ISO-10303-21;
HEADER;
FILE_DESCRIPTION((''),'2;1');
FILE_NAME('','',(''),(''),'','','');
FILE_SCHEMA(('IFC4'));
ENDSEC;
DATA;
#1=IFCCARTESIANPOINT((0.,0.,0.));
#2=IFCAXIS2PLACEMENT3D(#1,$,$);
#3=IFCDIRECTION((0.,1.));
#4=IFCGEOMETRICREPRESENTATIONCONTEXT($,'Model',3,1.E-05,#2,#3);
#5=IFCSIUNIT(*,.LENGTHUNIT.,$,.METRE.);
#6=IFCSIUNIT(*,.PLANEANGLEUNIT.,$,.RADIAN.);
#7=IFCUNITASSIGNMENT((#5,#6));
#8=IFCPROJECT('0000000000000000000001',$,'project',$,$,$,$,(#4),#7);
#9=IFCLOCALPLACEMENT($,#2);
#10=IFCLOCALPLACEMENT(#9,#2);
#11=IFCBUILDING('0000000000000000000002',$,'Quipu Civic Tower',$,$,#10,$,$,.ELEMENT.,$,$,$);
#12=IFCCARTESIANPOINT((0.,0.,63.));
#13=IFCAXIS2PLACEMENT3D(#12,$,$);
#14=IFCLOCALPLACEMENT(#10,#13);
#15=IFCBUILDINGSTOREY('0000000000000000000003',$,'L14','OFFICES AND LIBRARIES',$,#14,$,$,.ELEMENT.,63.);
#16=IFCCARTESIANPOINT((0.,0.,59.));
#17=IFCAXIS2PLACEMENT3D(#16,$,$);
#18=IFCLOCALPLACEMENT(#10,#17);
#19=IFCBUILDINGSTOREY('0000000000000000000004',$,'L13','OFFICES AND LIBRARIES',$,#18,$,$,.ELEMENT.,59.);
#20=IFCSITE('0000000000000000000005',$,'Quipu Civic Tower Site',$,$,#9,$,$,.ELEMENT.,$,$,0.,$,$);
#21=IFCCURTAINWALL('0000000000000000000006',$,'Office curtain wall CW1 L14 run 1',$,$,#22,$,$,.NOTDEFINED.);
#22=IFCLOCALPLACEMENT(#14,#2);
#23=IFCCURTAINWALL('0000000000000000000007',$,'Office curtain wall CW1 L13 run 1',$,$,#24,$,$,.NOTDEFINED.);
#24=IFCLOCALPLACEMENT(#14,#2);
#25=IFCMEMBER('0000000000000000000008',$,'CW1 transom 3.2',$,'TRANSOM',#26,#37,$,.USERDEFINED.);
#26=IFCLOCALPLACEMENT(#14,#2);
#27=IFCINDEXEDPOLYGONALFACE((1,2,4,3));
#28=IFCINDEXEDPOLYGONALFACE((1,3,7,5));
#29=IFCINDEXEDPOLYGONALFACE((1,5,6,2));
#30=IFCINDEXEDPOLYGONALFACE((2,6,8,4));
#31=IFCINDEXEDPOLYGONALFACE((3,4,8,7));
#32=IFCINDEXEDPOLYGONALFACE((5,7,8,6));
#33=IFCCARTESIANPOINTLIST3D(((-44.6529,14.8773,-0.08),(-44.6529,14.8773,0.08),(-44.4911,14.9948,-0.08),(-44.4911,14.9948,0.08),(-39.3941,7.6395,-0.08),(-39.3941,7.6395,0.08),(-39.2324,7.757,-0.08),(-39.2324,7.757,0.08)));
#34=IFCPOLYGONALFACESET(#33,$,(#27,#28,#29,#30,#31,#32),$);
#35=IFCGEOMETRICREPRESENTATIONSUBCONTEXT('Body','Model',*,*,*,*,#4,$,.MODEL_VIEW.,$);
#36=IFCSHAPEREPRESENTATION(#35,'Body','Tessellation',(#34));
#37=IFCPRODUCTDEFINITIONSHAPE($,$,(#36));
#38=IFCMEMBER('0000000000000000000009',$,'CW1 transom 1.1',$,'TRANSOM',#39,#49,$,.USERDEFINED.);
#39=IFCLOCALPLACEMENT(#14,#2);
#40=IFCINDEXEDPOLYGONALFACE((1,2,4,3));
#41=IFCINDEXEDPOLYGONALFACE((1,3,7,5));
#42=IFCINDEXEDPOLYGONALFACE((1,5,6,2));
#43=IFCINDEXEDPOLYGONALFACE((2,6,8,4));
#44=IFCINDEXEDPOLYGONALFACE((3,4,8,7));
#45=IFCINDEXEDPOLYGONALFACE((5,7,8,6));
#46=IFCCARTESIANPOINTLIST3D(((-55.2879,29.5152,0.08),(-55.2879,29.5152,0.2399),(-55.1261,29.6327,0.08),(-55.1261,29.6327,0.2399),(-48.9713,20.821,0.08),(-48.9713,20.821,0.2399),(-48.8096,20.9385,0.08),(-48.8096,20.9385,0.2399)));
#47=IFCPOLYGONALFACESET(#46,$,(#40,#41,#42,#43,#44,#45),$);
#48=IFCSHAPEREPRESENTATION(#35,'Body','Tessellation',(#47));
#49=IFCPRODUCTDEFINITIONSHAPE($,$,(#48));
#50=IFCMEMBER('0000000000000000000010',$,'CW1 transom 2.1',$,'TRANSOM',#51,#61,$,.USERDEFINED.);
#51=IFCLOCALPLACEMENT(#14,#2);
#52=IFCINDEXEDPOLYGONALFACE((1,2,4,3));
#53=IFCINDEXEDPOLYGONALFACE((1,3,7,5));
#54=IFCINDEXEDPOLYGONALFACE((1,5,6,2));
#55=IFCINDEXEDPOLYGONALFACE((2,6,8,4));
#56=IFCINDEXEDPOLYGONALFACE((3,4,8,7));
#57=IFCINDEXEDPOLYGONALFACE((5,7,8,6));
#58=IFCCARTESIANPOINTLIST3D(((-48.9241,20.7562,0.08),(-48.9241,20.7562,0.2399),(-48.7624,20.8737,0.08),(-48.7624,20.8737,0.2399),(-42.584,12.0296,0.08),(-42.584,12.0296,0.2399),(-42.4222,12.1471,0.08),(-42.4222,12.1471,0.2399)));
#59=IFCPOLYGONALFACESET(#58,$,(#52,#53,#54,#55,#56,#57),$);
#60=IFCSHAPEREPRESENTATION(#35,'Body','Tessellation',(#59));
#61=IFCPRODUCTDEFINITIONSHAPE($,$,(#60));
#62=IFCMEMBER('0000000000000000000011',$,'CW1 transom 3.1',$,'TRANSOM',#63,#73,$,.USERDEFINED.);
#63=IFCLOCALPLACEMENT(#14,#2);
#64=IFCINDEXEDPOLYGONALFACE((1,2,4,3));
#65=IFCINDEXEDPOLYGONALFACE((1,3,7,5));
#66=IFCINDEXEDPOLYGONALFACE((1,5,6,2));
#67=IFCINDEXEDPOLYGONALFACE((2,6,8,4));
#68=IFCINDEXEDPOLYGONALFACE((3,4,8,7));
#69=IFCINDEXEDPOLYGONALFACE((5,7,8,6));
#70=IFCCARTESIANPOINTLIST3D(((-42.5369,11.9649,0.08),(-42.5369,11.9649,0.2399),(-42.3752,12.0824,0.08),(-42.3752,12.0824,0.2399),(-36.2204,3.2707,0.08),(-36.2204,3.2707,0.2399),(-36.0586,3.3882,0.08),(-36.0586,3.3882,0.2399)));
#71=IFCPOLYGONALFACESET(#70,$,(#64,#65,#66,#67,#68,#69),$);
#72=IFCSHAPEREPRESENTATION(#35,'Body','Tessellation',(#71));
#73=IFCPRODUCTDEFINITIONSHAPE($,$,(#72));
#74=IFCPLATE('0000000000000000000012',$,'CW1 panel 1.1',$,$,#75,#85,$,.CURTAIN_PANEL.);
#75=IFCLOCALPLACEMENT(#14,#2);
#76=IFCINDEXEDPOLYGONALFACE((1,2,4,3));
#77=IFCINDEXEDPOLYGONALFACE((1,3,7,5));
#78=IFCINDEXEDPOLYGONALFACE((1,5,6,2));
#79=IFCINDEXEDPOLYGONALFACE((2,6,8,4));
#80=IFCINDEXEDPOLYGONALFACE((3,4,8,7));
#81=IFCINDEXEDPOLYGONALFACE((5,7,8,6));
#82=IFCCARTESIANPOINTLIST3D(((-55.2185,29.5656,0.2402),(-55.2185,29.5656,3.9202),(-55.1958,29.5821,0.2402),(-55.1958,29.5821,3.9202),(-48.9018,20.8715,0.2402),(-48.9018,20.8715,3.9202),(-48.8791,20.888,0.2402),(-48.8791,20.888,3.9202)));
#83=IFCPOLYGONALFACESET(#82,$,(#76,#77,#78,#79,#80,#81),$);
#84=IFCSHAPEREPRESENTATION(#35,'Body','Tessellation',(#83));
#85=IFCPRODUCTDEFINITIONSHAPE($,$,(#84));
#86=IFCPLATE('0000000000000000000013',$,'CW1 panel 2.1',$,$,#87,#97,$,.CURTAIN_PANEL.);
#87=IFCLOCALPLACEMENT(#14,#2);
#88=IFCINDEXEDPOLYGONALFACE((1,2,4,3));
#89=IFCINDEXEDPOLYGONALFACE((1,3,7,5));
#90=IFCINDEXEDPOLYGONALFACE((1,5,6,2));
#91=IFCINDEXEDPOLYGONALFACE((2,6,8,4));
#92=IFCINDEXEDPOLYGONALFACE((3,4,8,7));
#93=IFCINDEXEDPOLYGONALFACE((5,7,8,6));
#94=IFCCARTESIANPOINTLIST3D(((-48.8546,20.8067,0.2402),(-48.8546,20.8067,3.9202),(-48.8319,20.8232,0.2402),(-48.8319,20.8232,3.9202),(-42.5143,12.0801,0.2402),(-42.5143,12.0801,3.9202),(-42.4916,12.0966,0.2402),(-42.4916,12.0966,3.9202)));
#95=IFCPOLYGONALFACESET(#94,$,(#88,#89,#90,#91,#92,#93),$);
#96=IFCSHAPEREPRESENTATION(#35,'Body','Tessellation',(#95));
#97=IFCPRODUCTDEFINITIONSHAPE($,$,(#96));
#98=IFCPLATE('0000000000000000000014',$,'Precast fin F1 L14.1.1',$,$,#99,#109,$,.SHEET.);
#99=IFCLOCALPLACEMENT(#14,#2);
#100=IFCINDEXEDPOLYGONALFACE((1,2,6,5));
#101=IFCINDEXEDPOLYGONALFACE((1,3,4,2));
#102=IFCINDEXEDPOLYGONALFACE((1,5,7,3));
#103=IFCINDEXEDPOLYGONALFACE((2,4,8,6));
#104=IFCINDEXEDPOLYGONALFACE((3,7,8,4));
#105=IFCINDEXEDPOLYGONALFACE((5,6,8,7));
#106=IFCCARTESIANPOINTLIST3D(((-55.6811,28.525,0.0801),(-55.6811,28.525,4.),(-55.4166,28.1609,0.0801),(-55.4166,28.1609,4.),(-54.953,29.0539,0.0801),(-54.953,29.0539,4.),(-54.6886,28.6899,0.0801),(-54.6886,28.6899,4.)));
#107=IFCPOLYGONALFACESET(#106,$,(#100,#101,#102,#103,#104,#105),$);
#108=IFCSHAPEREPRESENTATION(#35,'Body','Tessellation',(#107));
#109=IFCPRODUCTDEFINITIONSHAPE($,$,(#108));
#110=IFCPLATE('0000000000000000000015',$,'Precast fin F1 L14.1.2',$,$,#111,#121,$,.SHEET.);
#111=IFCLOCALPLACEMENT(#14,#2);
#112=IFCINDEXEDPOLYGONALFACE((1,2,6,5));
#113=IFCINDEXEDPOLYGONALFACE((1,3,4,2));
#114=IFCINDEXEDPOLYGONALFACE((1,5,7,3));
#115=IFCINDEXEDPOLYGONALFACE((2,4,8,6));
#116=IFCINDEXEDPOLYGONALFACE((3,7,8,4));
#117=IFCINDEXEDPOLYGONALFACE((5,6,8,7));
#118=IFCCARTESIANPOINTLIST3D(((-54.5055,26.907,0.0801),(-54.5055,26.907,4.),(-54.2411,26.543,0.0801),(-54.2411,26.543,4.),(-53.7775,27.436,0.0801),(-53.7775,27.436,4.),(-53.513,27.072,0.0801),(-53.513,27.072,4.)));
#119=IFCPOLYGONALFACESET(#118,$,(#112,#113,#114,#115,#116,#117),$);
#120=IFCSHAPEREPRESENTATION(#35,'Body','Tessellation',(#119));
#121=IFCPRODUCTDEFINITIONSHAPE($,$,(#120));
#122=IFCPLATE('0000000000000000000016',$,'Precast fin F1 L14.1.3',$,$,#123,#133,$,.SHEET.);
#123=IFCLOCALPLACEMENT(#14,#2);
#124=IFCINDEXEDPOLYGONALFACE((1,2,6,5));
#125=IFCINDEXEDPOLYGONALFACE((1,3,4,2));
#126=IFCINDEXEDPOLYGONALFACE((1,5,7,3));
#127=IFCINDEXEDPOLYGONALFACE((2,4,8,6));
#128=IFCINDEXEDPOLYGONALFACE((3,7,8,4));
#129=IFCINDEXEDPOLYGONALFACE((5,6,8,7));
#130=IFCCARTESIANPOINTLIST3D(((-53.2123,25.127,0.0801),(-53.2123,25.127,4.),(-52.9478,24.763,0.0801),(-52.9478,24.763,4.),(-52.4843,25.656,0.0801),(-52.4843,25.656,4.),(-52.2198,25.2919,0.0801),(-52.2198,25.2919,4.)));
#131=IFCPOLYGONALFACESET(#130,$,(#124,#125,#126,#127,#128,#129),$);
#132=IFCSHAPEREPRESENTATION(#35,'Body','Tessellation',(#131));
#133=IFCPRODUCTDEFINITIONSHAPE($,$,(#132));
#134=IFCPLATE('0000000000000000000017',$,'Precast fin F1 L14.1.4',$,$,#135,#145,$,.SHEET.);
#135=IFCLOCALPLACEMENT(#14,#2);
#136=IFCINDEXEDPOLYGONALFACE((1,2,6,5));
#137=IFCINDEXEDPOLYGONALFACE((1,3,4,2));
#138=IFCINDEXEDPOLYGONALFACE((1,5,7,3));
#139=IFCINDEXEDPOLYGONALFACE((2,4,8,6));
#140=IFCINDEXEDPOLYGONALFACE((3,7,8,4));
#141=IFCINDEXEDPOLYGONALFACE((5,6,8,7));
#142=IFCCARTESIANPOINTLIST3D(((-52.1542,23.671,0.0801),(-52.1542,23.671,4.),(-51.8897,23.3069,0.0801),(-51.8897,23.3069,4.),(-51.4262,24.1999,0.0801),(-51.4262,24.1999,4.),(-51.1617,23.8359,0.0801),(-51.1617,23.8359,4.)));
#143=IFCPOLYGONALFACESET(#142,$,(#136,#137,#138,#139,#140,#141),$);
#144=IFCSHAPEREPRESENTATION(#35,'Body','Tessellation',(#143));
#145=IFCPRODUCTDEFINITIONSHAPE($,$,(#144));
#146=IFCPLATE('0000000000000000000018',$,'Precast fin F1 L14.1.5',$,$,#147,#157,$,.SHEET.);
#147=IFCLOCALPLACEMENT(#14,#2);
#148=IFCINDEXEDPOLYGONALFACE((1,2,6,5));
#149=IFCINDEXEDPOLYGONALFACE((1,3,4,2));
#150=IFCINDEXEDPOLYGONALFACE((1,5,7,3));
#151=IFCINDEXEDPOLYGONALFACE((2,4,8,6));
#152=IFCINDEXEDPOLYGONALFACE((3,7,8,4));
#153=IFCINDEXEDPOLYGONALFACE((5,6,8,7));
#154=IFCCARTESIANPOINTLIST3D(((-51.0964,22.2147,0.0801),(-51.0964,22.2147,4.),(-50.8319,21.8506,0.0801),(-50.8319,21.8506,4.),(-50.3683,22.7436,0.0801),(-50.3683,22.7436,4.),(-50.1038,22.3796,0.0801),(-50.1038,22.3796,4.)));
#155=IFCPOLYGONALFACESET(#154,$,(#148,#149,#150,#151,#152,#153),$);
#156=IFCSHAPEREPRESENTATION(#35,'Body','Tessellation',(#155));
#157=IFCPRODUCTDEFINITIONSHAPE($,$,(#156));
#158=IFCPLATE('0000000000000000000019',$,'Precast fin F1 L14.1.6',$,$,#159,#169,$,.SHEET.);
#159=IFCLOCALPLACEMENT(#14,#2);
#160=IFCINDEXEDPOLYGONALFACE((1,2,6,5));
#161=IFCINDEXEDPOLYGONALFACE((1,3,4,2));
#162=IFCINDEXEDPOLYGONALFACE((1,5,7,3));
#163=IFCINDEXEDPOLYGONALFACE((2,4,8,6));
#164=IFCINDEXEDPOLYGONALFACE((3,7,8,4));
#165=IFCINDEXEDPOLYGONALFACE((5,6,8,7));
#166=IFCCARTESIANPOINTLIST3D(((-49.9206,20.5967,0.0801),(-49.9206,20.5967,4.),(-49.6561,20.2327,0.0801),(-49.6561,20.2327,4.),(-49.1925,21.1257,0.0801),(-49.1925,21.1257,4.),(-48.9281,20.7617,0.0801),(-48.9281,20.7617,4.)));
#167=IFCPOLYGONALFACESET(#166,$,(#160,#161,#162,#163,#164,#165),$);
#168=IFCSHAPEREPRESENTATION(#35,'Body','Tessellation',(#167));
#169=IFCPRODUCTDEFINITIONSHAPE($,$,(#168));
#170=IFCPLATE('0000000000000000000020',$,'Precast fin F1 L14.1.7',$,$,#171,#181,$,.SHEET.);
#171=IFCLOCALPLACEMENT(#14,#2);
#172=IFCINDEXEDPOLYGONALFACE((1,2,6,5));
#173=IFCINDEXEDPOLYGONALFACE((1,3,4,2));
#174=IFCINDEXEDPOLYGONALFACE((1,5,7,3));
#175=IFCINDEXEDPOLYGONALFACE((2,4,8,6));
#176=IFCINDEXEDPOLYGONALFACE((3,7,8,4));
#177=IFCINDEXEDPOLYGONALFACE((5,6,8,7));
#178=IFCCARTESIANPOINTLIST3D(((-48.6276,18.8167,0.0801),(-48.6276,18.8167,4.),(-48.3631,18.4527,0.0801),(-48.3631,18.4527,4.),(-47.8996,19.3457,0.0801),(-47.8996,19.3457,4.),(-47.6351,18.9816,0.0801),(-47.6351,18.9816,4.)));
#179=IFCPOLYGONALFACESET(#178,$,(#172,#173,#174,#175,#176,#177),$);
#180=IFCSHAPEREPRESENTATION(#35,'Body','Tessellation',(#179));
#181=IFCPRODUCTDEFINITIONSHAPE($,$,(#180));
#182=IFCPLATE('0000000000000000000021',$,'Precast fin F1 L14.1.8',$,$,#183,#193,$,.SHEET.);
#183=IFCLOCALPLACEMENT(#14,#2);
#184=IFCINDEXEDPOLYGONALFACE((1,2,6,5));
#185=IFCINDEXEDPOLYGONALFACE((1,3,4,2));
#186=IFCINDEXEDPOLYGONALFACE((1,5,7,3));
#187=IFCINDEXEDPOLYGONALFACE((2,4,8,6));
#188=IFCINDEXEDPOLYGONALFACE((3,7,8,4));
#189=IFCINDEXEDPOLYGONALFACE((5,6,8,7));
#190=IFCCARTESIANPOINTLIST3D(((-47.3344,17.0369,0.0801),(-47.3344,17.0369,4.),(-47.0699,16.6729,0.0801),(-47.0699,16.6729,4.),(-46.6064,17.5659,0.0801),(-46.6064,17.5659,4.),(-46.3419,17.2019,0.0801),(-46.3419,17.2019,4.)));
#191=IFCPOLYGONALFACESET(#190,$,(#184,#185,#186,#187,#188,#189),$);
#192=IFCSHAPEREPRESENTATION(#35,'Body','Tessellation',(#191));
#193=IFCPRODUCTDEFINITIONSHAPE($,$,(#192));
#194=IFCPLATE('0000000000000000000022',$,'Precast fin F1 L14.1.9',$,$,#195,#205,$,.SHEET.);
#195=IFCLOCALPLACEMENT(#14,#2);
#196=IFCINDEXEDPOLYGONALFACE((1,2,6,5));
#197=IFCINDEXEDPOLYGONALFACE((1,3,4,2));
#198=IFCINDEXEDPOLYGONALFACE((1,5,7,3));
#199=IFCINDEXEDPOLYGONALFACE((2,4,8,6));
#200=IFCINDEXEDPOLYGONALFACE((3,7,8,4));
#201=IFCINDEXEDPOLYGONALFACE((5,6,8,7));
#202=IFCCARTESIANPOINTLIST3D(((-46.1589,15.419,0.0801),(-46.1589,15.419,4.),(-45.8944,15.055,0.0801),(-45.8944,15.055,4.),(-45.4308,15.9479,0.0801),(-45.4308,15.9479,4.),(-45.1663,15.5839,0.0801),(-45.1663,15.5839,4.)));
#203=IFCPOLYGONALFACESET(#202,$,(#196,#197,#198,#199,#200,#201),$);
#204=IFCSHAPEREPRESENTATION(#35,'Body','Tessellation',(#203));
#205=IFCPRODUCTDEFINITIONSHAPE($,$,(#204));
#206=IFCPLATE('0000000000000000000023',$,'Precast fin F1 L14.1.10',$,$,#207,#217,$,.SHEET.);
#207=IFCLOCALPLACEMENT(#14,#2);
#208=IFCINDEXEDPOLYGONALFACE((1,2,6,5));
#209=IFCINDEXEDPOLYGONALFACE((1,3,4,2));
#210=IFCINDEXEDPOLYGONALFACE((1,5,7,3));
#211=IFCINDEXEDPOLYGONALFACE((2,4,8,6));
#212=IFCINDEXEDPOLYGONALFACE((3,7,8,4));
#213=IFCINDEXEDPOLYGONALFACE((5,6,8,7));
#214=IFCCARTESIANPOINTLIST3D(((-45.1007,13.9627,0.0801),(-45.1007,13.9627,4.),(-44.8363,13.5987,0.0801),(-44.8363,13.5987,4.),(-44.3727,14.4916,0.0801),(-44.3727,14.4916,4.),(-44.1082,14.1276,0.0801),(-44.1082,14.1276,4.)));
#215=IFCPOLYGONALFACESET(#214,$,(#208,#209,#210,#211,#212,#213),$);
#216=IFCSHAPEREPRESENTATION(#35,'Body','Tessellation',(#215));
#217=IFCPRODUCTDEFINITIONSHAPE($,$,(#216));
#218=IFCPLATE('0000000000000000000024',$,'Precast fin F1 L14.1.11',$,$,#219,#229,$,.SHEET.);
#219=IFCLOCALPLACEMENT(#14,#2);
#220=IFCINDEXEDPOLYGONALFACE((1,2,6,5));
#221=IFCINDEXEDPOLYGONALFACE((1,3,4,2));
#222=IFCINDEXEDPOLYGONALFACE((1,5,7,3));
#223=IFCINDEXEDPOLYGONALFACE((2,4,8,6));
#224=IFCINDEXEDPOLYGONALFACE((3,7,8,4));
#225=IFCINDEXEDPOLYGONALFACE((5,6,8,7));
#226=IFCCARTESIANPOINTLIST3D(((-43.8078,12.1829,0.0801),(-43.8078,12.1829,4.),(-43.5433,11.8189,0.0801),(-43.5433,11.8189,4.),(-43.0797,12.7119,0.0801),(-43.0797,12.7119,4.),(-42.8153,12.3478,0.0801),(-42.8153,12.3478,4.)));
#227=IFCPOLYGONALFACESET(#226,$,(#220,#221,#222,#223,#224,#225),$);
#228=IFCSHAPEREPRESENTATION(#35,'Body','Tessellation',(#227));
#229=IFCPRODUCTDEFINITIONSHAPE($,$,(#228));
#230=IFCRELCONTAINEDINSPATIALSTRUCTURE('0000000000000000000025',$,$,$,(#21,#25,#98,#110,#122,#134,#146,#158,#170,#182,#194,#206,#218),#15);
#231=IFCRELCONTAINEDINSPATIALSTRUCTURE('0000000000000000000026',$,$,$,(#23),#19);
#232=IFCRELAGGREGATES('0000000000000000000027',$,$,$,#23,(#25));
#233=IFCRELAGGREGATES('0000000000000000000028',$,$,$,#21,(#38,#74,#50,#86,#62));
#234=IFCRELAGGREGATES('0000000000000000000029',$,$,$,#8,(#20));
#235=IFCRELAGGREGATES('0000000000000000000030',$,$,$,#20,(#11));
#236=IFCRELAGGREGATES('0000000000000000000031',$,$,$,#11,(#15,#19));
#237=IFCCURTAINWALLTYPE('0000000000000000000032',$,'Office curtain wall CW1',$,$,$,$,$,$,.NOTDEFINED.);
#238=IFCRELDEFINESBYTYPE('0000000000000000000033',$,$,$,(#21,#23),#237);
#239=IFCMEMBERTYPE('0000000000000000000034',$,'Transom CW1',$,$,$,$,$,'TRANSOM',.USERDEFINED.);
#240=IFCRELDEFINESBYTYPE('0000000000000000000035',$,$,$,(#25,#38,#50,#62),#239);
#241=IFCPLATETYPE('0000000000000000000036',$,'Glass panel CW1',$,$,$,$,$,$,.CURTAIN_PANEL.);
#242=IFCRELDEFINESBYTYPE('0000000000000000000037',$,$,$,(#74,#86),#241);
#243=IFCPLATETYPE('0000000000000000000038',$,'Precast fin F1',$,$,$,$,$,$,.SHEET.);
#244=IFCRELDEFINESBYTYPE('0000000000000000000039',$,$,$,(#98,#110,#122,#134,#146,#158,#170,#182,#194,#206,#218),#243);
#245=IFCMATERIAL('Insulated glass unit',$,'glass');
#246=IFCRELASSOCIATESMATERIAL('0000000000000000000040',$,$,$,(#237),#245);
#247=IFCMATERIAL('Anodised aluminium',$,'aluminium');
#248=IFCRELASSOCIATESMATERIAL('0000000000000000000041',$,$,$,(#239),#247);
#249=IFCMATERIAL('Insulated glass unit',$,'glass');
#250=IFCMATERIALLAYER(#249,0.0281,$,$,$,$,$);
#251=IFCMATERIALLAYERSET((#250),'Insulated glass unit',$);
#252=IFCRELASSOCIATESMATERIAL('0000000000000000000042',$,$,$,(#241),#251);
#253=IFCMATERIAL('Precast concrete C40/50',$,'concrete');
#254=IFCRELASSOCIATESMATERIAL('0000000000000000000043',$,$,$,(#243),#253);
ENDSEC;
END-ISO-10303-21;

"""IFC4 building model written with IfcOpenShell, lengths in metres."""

from ifc_helpers import new_model, si_unit, direction, frame, origin, origin_2d, place, context, subcontext, project, spatial, rectangle, extrude, material, layer, layer_set, material_profile, profile_set, type_object, element, aggregate, save


model = new_model("IFC4")

# Units and contexts
model_context = context("Model", 3, precision=1e-05, world=origin(), true_north=direction((0.0, 1.0)))
body_context = subcontext(model_context, "Body", "Model", "MODEL_VIEW")
ifc_project = project(units=[si_unit("LENGTHUNIT", "METRE"), si_unit("PLANEANGLEUNIT", "RADIAN")], contexts=[model_context])

# Site, building, storey
site_placement = place(None, origin())
site = spatial("IfcSite", under=ifc_project, at=site_placement, Name="Quipu Civic Tower Site", CompositionType="ELEMENT", RefElevation=0.0)
building_placement = place(site_placement, origin())
building = spatial("IfcBuilding", under=site, at=building_placement, Name="Quipu Civic Tower", CompositionType="ELEMENT")
storey_1_placement = place(building_placement, frame((0.0, 0.0, 63.0)))
storey_1 = spatial("IfcBuildingStorey", under=building, at=storey_1_placement, Name="L14", Description="OFFICES AND LIBRARIES", CompositionType="ELEMENT", Elevation=63.0)

# Curtain wall
ifc_material_1 = material(Name="Insulated glass unit", Category="glass")
curtain_wall_type = type_object("IfcCurtainWallType", Name="Office curtain wall CW1", PredefinedType="NOTDEFINED", material=ifc_material_1)
curtain_wall_1_placement = place(storey_1_placement, origin())
curtain_wall_1 = element("IfcCurtainWall", 1, at=curtain_wall_1_placement, inside=storey_1, type_object=curtain_wall_type, Name="Office curtain wall CW1 L14 run 1", PredefinedType="NOTDEFINED")

# Shared definitions
storey_2_placement = place(building_placement, frame((0.0, 0.0, 59.0)))
storey_2 = spatial("IfcBuildingStorey", under=building, at=storey_2_placement, Name="L13", Description="OFFICES AND LIBRARIES", CompositionType="ELEMENT", Elevation=59.0)

# Curtain wall, member
curtain_wall_2_placement = place(storey_2_placement, origin())
curtain_wall_2 = element("IfcCurtainWall", 2, at=curtain_wall_2_placement, inside=storey_2, type_object=curtain_wall_type, Name="Office curtain wall CW1 L13 run 1", PredefinedType="NOTDEFINED")
ifc_material_2 = material(Name="Anodised aluminium", Category="aluminium")
ifc_material_profile_1 = material_profile(ifc_material_2, rectangle(XDim=0.2, YDim=0.1599, at=origin_2d()), Name="RECT 200x160")
ifc_profile_set_1 = profile_set([ifc_material_profile_1], Name="Anodised aluminium")
member_type_1 = type_object("IfcMemberType", Name="Transom CW1", ElementType="TRANSOM", PredefinedType="USERDEFINED", material=ifc_profile_set_1)
member_1_placement = place(storey_1_placement, frame((-44.572, 14.936, 0.0), z_axis=(0.587802, -0.809005, 0.0), x_axis=(0.809005, 0.587802, 0.0)))
member_1 = element("IfcMember", 3, at=member_1_placement, inside=storey_1, type_object=member_type_1, Name="CW1 transom 3.2", ObjectType="TRANSOM", PredefinedType="USERDEFINED", context=body_context, shape_type="SweptSolid", body=[
    extrude(rectangle(XDim=0.2, YDim=0.1599, at=origin_2d()), origin(), (0.0, 0.0, 1.0), 8.9465),
])
aggregate(curtain_wall_2, [member_1])

# Members
member_2_placement = place(storey_1_placement, frame((-55.207, 29.574, 0.1599), z_axis=(0.587776, -0.809024, 0.0), x_axis=(0.809024, 0.587776, 0.0)))
member_2 = element("IfcMember", 4, at=member_2_placement, type_object=member_type_1, Name="CW1 transom 1.1", ObjectType="TRANSOM", PredefinedType="USERDEFINED", context=body_context, shape_type="SweptSolid", body=[
    extrude(rectangle(XDim=0.2, YDim=0.1599, at=origin_2d()), origin(), (0.0, 0.0, 1.0), 10.7466),
])
member_3_placement = place(storey_1_placement, frame((-48.8433, 20.8149, 0.1599), z_axis=(0.587777, -0.809023, 0.0), x_axis=(0.809023, 0.587777, 0.0)))
member_3 = element("IfcMember", 5, at=member_3_placement, type_object=member_type_1, Name="CW1 transom 2.1", ObjectType="TRANSOM", PredefinedType="USERDEFINED", context=body_context, shape_type="SweptSolid", body=[
    extrude(rectangle(XDim=0.2, YDim=0.1599, at=origin_2d()), origin(), (0.0, 0.0, 1.0), 10.7866),
])
member_4_placement = place(storey_1_placement, frame((-42.4561, 12.0237, 0.1599), z_axis=(0.587776, -0.809024, 0.0), x_axis=(0.809024, 0.587776, 0.0)))
member_4 = element("IfcMember", 6, at=member_4_placement, type_object=member_type_1, Name="CW1 transom 3.1", ObjectType="TRANSOM", PredefinedType="USERDEFINED", context=body_context, shape_type="SweptSolid", body=[
    extrude(rectangle(XDim=0.2, YDim=0.1599, at=origin_2d()), origin(), (0.0, 0.0, 1.0), 10.7466),
])

# Plates
ifc_material_3 = material(Name="Insulated glass unit", Category="glass")
ifc_layer = layer(ifc_material_3, 0.0281)
ifc_layer_set = layer_set([ifc_layer], Name="Insulated glass unit")
plate_type_1 = type_object("IfcPlateType", Name="Glass panel CW1", PredefinedType="CURTAIN_PANEL", material=ifc_layer_set)
plate_1_placement = place(storey_1_placement, frame((-52.0488, 25.2268, 0.2402), z_axis=(0.0, 0.0, 1.0), x_axis=(0.587786, -0.809016, 0.0)))
plate_1 = element("IfcPlate", 7, at=plate_1_placement, type_object=plate_type_1, Name="CW1 panel 1.1", PredefinedType="CURTAIN_PANEL", context=body_context, shape_type="SweptSolid", body=[
    extrude(rectangle(XDim=10.7466, YDim=0.0281, at=origin_2d()), origin(), (0.0, 0.0, 1.0), 3.6799),
])
plate_2_placement = place(storey_1_placement, frame((-45.6731, 16.4517, 0.2402), z_axis=(0.0, 0.0, 1.0), x_axis=(0.587786, -0.809016, 0.0)))
plate_2 = element("IfcPlate", 8, at=plate_2_placement, type_object=plate_type_1, Name="CW1 panel 2.1", PredefinedType="CURTAIN_PANEL", context=body_context, shape_type="SweptSolid", body=[
    extrude(rectangle(XDim=10.7866, YDim=0.0281, at=origin_2d()), origin(), (0.0, 0.0, 1.0), 3.6799),
])
aggregate(curtain_wall_1, [member_2, plate_1, member_3, plate_2, member_4])

# Plates
ifc_material_4 = material(Name="Precast concrete C40/50", Category="concrete")
plate_type_2 = type_object("IfcPlateType", Name="Precast fin F1", PredefinedType="SHEET", material=ifc_material_4)
for number, where, z_axis, x_axis, name in (
    (9, (-55.1848, 28.6074, 0.0801), (0.0, 0.0, 1.0), (0.587785, -0.809017, 0.0), "Precast fin F1 L14.1.1"),
    (10, (-54.0093, 26.9895, 0.0801), (0.0, 0.0, 1.0), (0.587785, -0.809017, 0.0), "Precast fin F1 L14.1.2"),
    (11, (-52.7161, 25.2095, 0.0801), (0.0, 0.0, 1.0), (0.587785, -0.809017, 0.0), "Precast fin F1 L14.1.3"),
    (12, (-51.658, 23.7534, 0.0801), (0.0, 0.0, 1.0), (0.587785, -0.809017, 0.0), "Precast fin F1 L14.1.4"),
    (13, (-50.6001, 22.2971, 0.0801), (0.0, 0.0, 1.0), (0.587785, -0.809017, 0.0), "Precast fin F1 L14.1.5"),
    (14, (-49.4243, 20.6792, 0.0801), (0.0, 0.0, 1.0), (0.587785, -0.809017, 0.0), "Precast fin F1 L14.1.6"),
    (15, (-48.1313, 18.8992, 0.0801), (0.0, 0.0, 1.0), (0.587785, -0.809017, 0.0), "Precast fin F1 L14.1.7"),
    (16, (-46.8381, 17.1194, 0.0801), (0.0, 0.0, 1.0), (0.587785, -0.809017, 0.0), "Precast fin F1 L14.1.8"),
    (17, (-45.6626, 15.5015, 0.0801), (0.0, 0.0, 1.0), (0.587785, -0.809017, 0.0), "Precast fin F1 L14.1.9"),
    (18, (-44.6045, 14.0452, 0.0801), (0.0, 0.0, 1.0), (0.587785, -0.809017, 0.0), "Precast fin F1 L14.1.10"),
    (19, (-43.3115, 12.2654, 0.0801), (0.0, 0.0, 1.0), (0.587785, -0.809017, 0.0), "Precast fin F1 L14.1.11"),
):
    element("IfcPlate", number, at=place(storey_1_placement, frame(where, z_axis=z_axis, x_axis=x_axis)), inside=storey_1, type_object=plate_type_2, Name=name, PredefinedType="SHEET", context=body_context, shape_type="SweptSolid", body=[
        extrude(rectangle(XDim=0.45, YDim=0.8999, at=origin_2d()), origin(), (0.0, 0.0, 1.0), 3.9199),
    ])

save(model, "model.ifc")
